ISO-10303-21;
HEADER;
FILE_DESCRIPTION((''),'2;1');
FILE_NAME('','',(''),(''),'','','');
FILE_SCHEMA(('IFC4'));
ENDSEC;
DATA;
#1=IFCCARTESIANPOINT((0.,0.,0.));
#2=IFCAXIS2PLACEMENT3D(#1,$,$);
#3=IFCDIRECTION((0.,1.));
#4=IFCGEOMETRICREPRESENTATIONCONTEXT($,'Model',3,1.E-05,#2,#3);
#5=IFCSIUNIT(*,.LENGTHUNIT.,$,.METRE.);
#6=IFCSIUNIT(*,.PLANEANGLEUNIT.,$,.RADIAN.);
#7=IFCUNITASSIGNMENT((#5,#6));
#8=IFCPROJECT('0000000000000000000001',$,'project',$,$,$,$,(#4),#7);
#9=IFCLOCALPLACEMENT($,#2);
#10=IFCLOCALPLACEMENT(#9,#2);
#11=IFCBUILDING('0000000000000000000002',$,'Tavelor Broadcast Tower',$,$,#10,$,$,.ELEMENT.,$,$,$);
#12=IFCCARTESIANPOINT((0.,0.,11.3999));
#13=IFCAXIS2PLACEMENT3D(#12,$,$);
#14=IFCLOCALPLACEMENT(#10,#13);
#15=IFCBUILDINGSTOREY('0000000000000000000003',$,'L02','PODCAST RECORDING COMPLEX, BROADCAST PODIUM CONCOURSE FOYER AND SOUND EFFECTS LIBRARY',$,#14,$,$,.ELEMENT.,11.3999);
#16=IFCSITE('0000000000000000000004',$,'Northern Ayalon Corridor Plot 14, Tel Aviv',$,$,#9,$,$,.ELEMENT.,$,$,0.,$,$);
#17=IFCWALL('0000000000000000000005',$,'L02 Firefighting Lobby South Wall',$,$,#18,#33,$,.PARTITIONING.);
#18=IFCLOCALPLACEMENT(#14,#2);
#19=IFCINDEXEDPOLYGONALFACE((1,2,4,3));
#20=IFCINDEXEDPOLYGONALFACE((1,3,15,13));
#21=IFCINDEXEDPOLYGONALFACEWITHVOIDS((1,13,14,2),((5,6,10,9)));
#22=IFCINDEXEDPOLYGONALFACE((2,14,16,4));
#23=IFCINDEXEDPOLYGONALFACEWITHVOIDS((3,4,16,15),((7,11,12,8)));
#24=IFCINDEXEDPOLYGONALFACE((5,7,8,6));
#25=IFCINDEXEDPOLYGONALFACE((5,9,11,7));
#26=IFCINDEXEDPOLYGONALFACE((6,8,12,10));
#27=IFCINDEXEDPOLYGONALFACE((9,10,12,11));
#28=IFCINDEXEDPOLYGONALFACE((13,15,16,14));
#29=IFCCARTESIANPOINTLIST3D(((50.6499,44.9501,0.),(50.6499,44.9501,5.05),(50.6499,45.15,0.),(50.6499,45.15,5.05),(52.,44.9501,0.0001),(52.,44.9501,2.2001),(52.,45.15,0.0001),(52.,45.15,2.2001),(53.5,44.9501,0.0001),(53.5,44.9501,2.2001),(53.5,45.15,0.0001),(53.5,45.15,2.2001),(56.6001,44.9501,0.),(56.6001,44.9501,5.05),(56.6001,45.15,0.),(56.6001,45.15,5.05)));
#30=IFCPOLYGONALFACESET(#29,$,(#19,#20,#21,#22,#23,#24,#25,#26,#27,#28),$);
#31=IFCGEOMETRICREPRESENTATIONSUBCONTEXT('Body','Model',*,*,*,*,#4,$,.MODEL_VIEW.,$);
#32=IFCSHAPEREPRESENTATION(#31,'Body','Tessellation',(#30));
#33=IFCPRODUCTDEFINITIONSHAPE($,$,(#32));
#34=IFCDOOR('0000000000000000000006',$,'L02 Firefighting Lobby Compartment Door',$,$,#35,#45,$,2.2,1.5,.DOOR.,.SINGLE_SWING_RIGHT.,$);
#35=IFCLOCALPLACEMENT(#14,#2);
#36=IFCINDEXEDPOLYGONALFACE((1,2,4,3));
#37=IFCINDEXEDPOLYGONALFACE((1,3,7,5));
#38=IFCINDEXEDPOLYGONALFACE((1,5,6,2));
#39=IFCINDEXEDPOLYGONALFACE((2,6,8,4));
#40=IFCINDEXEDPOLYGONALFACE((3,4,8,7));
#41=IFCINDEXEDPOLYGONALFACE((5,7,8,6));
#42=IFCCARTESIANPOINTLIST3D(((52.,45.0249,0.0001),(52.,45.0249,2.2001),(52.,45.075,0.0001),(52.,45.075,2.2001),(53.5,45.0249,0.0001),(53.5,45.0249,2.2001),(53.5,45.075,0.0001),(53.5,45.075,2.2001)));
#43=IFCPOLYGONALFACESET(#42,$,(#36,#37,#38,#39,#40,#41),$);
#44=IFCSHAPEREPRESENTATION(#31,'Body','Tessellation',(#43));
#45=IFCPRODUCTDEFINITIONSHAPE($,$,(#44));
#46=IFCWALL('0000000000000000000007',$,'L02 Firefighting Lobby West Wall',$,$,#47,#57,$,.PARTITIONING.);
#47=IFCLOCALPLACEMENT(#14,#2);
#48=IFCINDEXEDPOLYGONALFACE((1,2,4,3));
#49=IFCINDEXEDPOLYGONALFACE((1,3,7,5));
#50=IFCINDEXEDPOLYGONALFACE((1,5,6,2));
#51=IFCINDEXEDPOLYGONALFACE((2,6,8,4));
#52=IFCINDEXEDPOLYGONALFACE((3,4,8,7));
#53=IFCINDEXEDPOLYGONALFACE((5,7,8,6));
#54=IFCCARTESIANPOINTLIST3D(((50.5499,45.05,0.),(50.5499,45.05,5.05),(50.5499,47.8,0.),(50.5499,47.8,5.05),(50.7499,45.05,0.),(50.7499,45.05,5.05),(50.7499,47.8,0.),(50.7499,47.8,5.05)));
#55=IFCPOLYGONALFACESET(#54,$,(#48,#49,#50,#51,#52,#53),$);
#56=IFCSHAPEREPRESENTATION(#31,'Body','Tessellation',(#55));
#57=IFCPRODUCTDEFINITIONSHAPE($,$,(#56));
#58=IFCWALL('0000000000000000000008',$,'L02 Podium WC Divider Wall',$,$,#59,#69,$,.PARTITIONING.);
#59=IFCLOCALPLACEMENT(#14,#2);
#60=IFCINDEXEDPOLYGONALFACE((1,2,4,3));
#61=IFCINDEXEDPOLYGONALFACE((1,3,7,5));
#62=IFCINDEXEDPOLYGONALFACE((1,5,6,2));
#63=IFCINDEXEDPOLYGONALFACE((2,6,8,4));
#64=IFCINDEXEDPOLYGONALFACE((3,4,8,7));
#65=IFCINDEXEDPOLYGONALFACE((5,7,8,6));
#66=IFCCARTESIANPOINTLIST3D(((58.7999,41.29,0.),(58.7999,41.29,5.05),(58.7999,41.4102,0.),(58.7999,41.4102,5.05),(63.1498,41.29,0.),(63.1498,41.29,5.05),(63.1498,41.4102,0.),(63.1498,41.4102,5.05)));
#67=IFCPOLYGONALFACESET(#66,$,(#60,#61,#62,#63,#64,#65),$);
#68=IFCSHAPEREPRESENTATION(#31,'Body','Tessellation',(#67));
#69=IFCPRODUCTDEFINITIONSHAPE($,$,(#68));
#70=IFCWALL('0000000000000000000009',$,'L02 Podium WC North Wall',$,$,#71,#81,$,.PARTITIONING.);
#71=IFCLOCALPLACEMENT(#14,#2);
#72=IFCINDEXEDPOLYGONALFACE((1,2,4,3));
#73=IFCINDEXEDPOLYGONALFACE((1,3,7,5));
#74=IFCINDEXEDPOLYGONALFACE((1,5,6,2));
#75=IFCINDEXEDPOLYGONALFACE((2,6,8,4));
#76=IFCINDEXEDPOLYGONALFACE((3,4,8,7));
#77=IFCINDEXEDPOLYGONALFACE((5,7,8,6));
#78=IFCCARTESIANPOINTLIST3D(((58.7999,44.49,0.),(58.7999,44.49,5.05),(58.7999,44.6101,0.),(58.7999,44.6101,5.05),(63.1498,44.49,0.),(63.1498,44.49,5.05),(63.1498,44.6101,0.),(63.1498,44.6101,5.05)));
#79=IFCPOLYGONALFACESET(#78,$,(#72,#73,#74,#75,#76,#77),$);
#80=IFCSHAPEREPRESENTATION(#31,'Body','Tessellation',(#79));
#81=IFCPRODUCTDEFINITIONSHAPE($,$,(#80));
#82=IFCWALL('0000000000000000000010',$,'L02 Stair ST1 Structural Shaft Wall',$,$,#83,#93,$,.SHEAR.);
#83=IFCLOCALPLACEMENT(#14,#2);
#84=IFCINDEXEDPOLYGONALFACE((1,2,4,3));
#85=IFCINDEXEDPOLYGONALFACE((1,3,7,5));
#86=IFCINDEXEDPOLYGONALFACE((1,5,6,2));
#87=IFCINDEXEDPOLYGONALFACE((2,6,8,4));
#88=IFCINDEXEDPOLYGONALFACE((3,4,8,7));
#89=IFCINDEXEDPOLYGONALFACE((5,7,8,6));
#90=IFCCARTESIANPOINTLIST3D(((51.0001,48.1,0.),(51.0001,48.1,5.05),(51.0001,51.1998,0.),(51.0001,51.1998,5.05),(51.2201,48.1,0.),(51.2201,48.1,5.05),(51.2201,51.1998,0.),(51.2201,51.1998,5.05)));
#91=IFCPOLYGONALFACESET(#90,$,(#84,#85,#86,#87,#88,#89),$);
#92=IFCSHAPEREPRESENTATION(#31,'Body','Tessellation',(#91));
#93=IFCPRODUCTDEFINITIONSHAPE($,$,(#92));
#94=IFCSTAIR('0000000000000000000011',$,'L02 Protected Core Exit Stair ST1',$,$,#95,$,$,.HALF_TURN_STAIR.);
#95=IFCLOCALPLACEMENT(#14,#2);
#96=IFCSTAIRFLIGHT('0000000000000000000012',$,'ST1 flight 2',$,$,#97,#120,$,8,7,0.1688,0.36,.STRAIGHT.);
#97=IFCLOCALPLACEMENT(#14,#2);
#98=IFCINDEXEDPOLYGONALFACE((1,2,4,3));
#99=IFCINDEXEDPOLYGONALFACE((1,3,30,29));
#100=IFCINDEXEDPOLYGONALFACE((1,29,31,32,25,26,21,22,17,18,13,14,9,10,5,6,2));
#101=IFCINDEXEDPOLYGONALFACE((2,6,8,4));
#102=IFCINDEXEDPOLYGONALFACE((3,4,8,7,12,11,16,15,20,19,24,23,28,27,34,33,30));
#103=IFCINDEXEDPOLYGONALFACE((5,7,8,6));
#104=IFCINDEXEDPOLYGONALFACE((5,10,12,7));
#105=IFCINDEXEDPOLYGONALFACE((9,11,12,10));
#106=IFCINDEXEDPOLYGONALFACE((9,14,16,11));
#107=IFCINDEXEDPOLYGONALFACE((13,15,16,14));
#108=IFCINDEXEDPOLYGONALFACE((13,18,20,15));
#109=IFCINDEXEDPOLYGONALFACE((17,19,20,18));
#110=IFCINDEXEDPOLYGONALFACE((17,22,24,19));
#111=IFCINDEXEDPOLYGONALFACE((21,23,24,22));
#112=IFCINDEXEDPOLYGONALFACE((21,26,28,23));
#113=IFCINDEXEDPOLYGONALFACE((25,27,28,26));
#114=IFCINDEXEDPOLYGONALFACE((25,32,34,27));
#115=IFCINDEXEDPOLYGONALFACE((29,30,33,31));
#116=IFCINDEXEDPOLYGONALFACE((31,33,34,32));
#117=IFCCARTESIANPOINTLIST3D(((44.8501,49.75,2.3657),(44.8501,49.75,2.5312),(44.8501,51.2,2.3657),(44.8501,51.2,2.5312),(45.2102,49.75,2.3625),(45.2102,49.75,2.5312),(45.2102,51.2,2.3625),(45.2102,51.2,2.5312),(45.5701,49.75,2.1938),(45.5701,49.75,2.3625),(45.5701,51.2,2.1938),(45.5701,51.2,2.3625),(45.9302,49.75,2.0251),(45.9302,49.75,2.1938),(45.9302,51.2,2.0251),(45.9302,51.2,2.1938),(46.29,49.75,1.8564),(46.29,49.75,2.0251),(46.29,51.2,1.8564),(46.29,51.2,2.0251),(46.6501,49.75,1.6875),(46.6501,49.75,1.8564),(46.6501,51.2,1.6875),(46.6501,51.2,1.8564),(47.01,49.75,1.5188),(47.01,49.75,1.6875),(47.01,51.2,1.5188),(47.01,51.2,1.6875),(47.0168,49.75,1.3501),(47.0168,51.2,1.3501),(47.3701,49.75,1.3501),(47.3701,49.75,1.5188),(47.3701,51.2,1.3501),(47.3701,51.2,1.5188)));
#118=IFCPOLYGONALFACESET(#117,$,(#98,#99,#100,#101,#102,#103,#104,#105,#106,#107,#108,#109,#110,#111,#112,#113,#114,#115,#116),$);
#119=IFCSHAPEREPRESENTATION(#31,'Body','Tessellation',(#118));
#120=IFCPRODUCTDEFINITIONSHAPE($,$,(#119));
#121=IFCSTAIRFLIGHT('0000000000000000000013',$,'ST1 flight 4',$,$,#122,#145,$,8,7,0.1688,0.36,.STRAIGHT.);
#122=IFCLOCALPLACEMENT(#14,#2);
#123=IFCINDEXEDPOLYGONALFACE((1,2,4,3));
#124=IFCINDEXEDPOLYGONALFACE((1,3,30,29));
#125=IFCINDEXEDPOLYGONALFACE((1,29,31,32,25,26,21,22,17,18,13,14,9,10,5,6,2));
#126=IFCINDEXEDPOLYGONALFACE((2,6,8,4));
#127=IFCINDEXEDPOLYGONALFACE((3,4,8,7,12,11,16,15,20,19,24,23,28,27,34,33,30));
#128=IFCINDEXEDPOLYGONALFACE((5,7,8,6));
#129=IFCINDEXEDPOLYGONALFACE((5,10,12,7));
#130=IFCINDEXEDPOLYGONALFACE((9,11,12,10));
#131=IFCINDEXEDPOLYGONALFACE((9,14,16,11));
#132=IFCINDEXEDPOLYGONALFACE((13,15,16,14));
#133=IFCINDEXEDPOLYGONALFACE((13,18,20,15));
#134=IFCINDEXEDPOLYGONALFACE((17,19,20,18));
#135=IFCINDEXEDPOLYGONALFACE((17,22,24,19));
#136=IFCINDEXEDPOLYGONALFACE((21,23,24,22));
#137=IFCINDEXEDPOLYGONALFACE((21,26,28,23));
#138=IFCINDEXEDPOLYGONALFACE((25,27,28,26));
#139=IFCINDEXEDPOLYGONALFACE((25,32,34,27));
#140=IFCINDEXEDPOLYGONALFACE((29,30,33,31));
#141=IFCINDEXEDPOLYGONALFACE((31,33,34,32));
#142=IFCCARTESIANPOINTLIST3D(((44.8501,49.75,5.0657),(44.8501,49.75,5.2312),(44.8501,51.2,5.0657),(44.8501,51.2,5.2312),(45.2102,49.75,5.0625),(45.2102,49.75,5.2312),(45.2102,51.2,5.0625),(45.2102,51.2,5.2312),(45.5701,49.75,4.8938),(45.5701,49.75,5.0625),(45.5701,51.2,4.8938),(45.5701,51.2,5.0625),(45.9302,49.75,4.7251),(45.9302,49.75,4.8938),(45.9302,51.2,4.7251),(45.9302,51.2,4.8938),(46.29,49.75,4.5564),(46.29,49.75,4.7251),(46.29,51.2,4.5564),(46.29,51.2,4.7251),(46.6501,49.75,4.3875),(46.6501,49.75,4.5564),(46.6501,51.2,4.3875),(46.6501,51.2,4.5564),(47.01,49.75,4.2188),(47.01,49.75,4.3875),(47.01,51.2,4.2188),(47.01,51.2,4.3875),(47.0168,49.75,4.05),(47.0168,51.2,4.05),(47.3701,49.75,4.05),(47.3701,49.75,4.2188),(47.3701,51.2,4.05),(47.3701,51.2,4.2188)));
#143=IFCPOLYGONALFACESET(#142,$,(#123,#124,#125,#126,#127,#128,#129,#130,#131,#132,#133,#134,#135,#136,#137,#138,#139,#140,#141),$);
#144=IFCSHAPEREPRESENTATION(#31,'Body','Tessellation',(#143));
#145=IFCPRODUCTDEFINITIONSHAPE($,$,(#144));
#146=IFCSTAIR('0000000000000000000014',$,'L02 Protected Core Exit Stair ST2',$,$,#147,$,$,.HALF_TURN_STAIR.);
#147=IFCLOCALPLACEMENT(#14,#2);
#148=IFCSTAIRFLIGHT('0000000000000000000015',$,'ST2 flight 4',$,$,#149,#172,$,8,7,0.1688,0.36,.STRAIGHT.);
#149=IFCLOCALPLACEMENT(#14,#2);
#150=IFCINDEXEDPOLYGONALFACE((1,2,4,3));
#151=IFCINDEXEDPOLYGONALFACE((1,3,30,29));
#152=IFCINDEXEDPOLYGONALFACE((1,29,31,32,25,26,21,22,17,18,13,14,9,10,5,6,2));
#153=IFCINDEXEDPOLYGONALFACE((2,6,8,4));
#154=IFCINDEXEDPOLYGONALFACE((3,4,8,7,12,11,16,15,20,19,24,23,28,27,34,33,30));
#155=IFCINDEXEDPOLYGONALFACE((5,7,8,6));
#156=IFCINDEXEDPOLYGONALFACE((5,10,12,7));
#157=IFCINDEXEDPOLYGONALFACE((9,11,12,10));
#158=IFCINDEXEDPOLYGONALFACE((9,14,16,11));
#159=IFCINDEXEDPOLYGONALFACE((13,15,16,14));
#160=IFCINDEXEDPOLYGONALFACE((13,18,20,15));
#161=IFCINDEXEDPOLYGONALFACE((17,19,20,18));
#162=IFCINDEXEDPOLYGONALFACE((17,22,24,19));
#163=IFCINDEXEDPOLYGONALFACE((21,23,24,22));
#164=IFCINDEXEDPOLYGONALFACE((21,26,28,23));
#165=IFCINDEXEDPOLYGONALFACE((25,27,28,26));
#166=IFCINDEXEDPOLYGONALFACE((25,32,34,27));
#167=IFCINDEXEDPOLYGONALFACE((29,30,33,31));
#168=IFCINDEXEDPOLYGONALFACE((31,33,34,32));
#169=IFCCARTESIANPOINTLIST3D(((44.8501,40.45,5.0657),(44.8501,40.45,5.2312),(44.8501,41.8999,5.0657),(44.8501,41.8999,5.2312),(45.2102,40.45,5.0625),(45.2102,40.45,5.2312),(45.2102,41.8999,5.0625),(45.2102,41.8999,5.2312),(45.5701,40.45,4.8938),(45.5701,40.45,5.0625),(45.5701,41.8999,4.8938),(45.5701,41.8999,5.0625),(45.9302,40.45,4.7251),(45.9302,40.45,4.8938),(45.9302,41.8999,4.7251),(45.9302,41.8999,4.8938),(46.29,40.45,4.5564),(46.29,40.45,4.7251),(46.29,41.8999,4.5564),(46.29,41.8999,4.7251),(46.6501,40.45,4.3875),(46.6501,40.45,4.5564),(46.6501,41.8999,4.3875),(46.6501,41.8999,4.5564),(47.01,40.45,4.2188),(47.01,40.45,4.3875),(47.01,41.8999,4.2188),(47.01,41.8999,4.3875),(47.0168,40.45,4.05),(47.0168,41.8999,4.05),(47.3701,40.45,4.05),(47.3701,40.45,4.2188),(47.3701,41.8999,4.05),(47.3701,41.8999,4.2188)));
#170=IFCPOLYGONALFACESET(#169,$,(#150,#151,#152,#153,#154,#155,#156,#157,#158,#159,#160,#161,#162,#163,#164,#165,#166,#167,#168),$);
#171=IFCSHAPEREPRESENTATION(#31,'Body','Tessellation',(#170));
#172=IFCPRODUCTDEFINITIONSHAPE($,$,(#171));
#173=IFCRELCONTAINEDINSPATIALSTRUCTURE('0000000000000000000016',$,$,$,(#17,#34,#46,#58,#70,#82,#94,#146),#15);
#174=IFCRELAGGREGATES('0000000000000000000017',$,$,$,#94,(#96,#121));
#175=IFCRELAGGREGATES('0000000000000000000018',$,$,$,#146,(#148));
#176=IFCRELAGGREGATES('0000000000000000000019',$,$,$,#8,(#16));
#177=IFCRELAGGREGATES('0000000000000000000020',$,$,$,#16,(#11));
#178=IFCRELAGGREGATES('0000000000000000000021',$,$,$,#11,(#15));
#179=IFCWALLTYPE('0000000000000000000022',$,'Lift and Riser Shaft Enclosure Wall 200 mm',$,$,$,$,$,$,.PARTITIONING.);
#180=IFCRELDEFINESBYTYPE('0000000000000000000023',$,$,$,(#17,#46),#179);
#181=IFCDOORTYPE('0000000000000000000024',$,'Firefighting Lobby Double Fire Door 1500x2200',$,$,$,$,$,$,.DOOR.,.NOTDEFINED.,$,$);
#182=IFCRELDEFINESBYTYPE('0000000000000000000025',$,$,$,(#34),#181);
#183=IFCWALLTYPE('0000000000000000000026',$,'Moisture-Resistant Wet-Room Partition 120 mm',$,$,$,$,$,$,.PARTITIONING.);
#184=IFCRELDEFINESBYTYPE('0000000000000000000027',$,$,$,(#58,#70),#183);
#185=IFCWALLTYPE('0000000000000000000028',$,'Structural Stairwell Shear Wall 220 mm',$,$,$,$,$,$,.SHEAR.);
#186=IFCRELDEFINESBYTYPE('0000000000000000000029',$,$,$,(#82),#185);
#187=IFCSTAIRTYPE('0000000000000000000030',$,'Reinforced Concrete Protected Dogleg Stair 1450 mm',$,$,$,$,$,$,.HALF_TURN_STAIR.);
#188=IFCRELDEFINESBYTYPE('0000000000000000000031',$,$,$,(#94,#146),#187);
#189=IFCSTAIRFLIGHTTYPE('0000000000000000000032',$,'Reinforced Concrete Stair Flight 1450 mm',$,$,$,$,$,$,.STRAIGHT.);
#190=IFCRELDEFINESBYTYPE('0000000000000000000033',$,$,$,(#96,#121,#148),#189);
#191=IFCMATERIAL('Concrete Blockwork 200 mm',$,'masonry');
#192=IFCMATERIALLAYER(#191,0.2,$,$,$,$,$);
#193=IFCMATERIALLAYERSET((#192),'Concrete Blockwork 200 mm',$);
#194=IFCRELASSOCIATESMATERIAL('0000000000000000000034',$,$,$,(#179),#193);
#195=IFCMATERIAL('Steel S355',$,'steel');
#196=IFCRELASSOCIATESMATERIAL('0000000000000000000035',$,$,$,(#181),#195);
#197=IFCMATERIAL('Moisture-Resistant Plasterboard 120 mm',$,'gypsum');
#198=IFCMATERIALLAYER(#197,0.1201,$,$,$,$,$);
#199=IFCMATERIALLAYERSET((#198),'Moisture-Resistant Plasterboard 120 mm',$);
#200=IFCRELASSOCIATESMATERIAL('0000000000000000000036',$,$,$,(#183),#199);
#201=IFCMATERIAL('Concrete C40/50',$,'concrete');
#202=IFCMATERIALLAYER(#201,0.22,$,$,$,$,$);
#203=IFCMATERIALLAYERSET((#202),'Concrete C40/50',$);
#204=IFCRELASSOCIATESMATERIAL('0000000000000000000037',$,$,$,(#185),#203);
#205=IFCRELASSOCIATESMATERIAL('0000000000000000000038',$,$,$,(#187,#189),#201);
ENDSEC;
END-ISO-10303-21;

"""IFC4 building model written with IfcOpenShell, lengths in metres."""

from ifc_helpers import new_model, si_unit, direction, frame, frame_2d, origin, place, context, subcontext, project, spatial, polyline, rectangle, outline, extrude, material, layer, layer_set, type_object, element, fill, aggregate, save


model = new_model("IFC4")

# Units and contexts
model_context = context("Model", 3, precision=1e-05, world=origin(), true_north=direction((0.0, 1.0)))
body_context = subcontext(model_context, "Body", "Model", "MODEL_VIEW")
ifc_project = project(units=[si_unit("LENGTHUNIT", "METRE"), si_unit("PLANEANGLEUNIT", "RADIAN")], contexts=[model_context])

# Site, building, storey
site_placement = place(None, origin())
site = spatial("IfcSite", under=ifc_project, at=site_placement, Name="Northern Ayalon Corridor Plot 14, Tel Aviv", CompositionType="ELEMENT", RefElevation=0.0)
building_placement = place(site_placement, origin())
building = spatial("IfcBuilding", under=site, at=building_placement, Name="Tavelor Broadcast Tower", CompositionType="ELEMENT")
storey_placement = place(building_placement, frame((0.0, 0.0, 11.3999)))
storey = spatial("IfcBuildingStorey", under=building, at=storey_placement, Name="L02", Description="PODCAST RECORDING COMPLEX, BROADCAST PODIUM CONCOURSE FOYER AND SOUND EFFECTS LIBRARY", CompositionType="ELEMENT", Elevation=11.3999)

# Shared definitions
ifc_material_1 = material(Name="Concrete C40/50", Category="concrete")
ifc_material_2 = material(Name="Steel S355", Category="steel")

# Shared definitions
ifc_material_3 = material(Name="Concrete Blockwork 200 mm", Category="masonry")
ifc_layer_1 = layer(ifc_material_3, 0.2)
ifc_layer_set_1 = layer_set([ifc_layer_1], Name="Concrete Blockwork 200 mm")
wall_type_1 = type_object("IfcWallType", Name="Lift and Riser Shaft Enclosure Wall 200 mm", PredefinedType="PARTITIONING", material=ifc_layer_set_1)

# Wall, opening, door
wall_1_placement = place(storey_placement, frame((50.6499, 45.05, 0.0), z_axis=(0.0, 0.0, 1.0), x_axis=(1.0, 0.0, 0.0)))
wall_1 = element("IfcWall", 1, at=wall_1_placement, inside=storey, type_object=wall_type_1, Name="L02 Firefighting Lobby South Wall", PredefinedType="PARTITIONING", context=body_context, shape_type="SweptSolid", body=[
    extrude(rectangle(XDim=5.9502, YDim=0.2, at=frame_2d((2.9751, 0.0))), origin(), (0.0, 0.0, 1.0), 5.05),
])
opening_placement = place(wall_1_placement, frame((1.3501, 0.0, 0.0)))
opening = element("IfcOpeningElement", 2, at=opening_placement, cuts=wall_1, PredefinedType="OPENING", context=body_context, shape_type="SweptSolid", body=[
    extrude(rectangle(XDim=1.5, YDim=2.2, at=frame_2d((0.75, 1.1001))), frame((0.0, 0.1099, 0.0), z_axis=(0.0, -1.0, 0.0), x_axis=(1.0, 0.0, 0.0)), (0.0, 0.0, 1.0), 0.22),
])
door_type = type_object("IfcDoorType", Name="Firefighting Lobby Double Fire Door 1500x2200", OperationType="NOTDEFINED", PredefinedType="DOOR", material=ifc_material_2)
door_placement = place(opening_placement, origin())
door = element("IfcDoor", 3, at=door_placement, inside=storey, type_object=door_type, Name="L02 Firefighting Lobby Compartment Door", OperationType="SINGLE_SWING_RIGHT", OverallHeight=2.2, OverallWidth=1.5, PredefinedType="DOOR", context=body_context, shape_type="SweptSolid", body=[
    extrude(rectangle(XDim=1.5, YDim=2.2, at=frame_2d((0.75, 1.1001))), frame((0.0, 0.0249, 0.0), z_axis=(0.0, -1.0, 0.0), x_axis=(1.0, 0.0, 0.0)), (0.0, 0.0, 1.0), 0.05),
])
fill(opening, door)

# Walls
wall_2_placement = place(storey_placement, frame((50.6499, 45.05, 0.0), z_axis=(0.0, 0.0, 1.0), x_axis=(0.0, 1.0, 0.0)))
element("IfcWall", 4, at=wall_2_placement, inside=storey, type_object=wall_type_1, Name="L02 Firefighting Lobby West Wall", PredefinedType="PARTITIONING", context=body_context, shape_type="SweptSolid", body=[
    extrude(rectangle(XDim=2.75, YDim=0.2, at=frame_2d((1.375, 0.0))), origin(), (0.0, 0.0, 1.0), 5.05),
])
ifc_material_4 = material(Name="Moisture-Resistant Plasterboard 120 mm", Category="gypsum")
ifc_layer_2 = layer(ifc_material_4, 0.1201)
ifc_layer_set_2 = layer_set([ifc_layer_2], Name="Moisture-Resistant Plasterboard 120 mm")
wall_type_2 = type_object("IfcWallType", Name="Moisture-Resistant Wet-Room Partition 120 mm", PredefinedType="PARTITIONING", material=ifc_layer_set_2)
for number, where, z_axis, x_axis, name in (
    (5, (58.8, 41.3501, 0.0), (0.0, 0.0, 1.0), (1.0, 0.0, 0.0), "L02 Podium WC Divider Wall"),
    (6, (58.8, 44.55, 0.0), (0.0, 0.0, 1.0), (1.0, 0.0, 0.0), "L02 Podium WC North Wall"),
):
    element("IfcWall", number, at=place(storey_placement, frame(where, z_axis=z_axis, x_axis=x_axis)), inside=storey, type_object=wall_type_2, Name=name, PredefinedType="PARTITIONING", context=body_context, shape_type="SweptSolid", body=[
        extrude(rectangle(XDim=4.3499, YDim=0.1201, at=frame_2d((2.1748, 0.0))), origin(), (0.0, 0.0, 1.0), 5.05),
    ])
ifc_layer_3 = layer(ifc_material_1, 0.22)
ifc_layer_set_3 = layer_set([ifc_layer_3], Name="Concrete C40/50")
wall_type_3 = type_object("IfcWallType", Name="Structural Stairwell Shear Wall 220 mm", PredefinedType="SHEAR", material=ifc_layer_set_3)
wall_3_placement = place(storey_placement, frame((51.1101, 48.1001, 0.0), z_axis=(0.0, 0.0, 1.0), x_axis=(0.0, 1.0, 0.0)))
element("IfcWall", 7, at=wall_3_placement, inside=storey, type_object=wall_type_3, Name="L02 Stair ST1 Structural Shaft Wall", PredefinedType="SHEAR", context=body_context, shape_type="SweptSolid", body=[
    extrude(rectangle(XDim=3.0999, YDim=0.22, at=frame_2d((1.5498, 0.0))), origin(), (0.0, 0.0, 1.0), 5.05),
])

# Stair, stair flights
stair_type = type_object("IfcStairType", Name="Reinforced Concrete Protected Dogleg Stair 1450 mm", PredefinedType="HALF_TURN_STAIR", material=ifc_material_1)
stair_1_placement = place(storey_placement, origin())
stair_1 = element("IfcStair", 8, at=stair_1_placement, inside=storey, type_object=stair_type, Name="L02 Protected Core Exit Stair ST1", PredefinedType="HALF_TURN_STAIR")
stair_flight_type = type_object("IfcStairFlightType", Name="Reinforced Concrete Stair Flight 1450 mm", PredefinedType="STRAIGHT", material=ifc_material_1)
stair_flight_1_placement = place(storey_placement, frame((47.3701, 50.4751, 1.3501), z_axis=(0.0, 0.0, 1.0), x_axis=(-1.0, 0.0, 0.0)))
stair_flight_1 = element("IfcStairFlight", 9, at=stair_flight_1_placement, type_object=stair_flight_type, Name="ST1 flight 2", NumberOfRisers=8, NumberOfTreads=7, PredefinedType="STRAIGHT", RiserHeight=0.1688, TreadLength=0.36, context=body_context, shape_type="SweptSolid", body=[
    extrude(outline(polyline([(0.0, 0.0), (0.0, 0.1687), (0.3601, 0.1687), (0.3601, 0.3374), (0.72, 0.3374), (0.72, 0.5063), (1.0801, 0.5063), (1.0801, 0.675), (1.4399, 0.675), (1.4399, 0.8438), (1.8, 0.8438), (1.8, 1.0125), (2.1599, 1.0125), (2.1599, 1.1812), (2.52, 1.1812), (2.52, 1.3501), (2.52, 1.0156), (0.3533, 0.0), (0.0, 0.0)])), frame((0.0, 0.7251, 0.0), z_axis=(0.0, -1.0, 0.0), x_axis=(1.0, 0.0, 0.0)), (0.0, 0.0, 1.0), 1.45),
])
stair_flight_2_placement = place(storey_placement, frame((47.3701, 50.4751, 4.05), z_axis=(0.0, 0.0, 1.0), x_axis=(-1.0, 0.0, 0.0)))
stair_flight_2 = element("IfcStairFlight", 10, at=stair_flight_2_placement, type_object=stair_flight_type, Name="ST1 flight 4", NumberOfRisers=8, NumberOfTreads=7, PredefinedType="STRAIGHT", RiserHeight=0.1688, TreadLength=0.36, context=body_context, shape_type="SweptSolid", body=[
    extrude(outline(polyline([(0.0, 0.0), (0.0, 0.1687), (0.3601, 0.1687), (0.3601, 0.3374), (0.72, 0.3374), (0.72, 0.5063), (1.0801, 0.5063), (1.0801, 0.675), (1.4399, 0.675), (1.4399, 0.8438), (1.8, 0.8438), (1.8, 1.0125), (2.1599, 1.0125), (2.1599, 1.1812), (2.52, 1.1812), (2.52, 1.3501), (2.52, 1.0156), (0.3533, 0.0), (0.0, 0.0)])), frame((0.0, 0.7251, 0.0), z_axis=(0.0, -1.0, 0.0), x_axis=(1.0, 0.0, 0.0)), (0.0, 0.0, 1.0), 1.45),
])
aggregate(stair_1, [stair_flight_1, stair_flight_2])

# Stair, stair flight
stair_2_placement = place(storey_placement, origin())
stair_2 = element("IfcStair", 11, at=stair_2_placement, inside=storey, type_object=stair_type, Name="L02 Protected Core Exit Stair ST2", PredefinedType="HALF_TURN_STAIR")
stair_flight_3_placement = place(storey_placement, frame((47.3701, 41.175, 4.05), z_axis=(0.0, 0.0, 1.0), x_axis=(-1.0, 0.0, 0.0)))
stair_flight_3 = element("IfcStairFlight", 12, at=stair_flight_3_placement, type_object=stair_flight_type, Name="ST2 flight 4", NumberOfRisers=8, NumberOfTreads=7, PredefinedType="STRAIGHT", RiserHeight=0.1688, TreadLength=0.36, context=body_context, shape_type="SweptSolid", body=[
    extrude(outline(polyline([(0.0, 0.0), (0.0, 0.1687), (0.3601, 0.1687), (0.3601, 0.3374), (0.72, 0.3374), (0.72, 0.5063), (1.0801, 0.5063), (1.0801, 0.675), (1.4399, 0.675), (1.4399, 0.8438), (1.8, 0.8438), (1.8, 1.0125), (2.1599, 1.0125), (2.1599, 1.1812), (2.52, 1.1812), (2.52, 1.3501), (2.52, 1.0156), (0.3533, 0.0), (0.0, 0.0)])), frame((0.0, 0.7251, 0.0), z_axis=(0.0, -1.0, 0.0), x_axis=(1.0, 0.0, 0.0)), (0.0, 0.0, 1.0), 1.45),
])
aggregate(stair_2, [stair_flight_3])

save(model, "model.ifc")
